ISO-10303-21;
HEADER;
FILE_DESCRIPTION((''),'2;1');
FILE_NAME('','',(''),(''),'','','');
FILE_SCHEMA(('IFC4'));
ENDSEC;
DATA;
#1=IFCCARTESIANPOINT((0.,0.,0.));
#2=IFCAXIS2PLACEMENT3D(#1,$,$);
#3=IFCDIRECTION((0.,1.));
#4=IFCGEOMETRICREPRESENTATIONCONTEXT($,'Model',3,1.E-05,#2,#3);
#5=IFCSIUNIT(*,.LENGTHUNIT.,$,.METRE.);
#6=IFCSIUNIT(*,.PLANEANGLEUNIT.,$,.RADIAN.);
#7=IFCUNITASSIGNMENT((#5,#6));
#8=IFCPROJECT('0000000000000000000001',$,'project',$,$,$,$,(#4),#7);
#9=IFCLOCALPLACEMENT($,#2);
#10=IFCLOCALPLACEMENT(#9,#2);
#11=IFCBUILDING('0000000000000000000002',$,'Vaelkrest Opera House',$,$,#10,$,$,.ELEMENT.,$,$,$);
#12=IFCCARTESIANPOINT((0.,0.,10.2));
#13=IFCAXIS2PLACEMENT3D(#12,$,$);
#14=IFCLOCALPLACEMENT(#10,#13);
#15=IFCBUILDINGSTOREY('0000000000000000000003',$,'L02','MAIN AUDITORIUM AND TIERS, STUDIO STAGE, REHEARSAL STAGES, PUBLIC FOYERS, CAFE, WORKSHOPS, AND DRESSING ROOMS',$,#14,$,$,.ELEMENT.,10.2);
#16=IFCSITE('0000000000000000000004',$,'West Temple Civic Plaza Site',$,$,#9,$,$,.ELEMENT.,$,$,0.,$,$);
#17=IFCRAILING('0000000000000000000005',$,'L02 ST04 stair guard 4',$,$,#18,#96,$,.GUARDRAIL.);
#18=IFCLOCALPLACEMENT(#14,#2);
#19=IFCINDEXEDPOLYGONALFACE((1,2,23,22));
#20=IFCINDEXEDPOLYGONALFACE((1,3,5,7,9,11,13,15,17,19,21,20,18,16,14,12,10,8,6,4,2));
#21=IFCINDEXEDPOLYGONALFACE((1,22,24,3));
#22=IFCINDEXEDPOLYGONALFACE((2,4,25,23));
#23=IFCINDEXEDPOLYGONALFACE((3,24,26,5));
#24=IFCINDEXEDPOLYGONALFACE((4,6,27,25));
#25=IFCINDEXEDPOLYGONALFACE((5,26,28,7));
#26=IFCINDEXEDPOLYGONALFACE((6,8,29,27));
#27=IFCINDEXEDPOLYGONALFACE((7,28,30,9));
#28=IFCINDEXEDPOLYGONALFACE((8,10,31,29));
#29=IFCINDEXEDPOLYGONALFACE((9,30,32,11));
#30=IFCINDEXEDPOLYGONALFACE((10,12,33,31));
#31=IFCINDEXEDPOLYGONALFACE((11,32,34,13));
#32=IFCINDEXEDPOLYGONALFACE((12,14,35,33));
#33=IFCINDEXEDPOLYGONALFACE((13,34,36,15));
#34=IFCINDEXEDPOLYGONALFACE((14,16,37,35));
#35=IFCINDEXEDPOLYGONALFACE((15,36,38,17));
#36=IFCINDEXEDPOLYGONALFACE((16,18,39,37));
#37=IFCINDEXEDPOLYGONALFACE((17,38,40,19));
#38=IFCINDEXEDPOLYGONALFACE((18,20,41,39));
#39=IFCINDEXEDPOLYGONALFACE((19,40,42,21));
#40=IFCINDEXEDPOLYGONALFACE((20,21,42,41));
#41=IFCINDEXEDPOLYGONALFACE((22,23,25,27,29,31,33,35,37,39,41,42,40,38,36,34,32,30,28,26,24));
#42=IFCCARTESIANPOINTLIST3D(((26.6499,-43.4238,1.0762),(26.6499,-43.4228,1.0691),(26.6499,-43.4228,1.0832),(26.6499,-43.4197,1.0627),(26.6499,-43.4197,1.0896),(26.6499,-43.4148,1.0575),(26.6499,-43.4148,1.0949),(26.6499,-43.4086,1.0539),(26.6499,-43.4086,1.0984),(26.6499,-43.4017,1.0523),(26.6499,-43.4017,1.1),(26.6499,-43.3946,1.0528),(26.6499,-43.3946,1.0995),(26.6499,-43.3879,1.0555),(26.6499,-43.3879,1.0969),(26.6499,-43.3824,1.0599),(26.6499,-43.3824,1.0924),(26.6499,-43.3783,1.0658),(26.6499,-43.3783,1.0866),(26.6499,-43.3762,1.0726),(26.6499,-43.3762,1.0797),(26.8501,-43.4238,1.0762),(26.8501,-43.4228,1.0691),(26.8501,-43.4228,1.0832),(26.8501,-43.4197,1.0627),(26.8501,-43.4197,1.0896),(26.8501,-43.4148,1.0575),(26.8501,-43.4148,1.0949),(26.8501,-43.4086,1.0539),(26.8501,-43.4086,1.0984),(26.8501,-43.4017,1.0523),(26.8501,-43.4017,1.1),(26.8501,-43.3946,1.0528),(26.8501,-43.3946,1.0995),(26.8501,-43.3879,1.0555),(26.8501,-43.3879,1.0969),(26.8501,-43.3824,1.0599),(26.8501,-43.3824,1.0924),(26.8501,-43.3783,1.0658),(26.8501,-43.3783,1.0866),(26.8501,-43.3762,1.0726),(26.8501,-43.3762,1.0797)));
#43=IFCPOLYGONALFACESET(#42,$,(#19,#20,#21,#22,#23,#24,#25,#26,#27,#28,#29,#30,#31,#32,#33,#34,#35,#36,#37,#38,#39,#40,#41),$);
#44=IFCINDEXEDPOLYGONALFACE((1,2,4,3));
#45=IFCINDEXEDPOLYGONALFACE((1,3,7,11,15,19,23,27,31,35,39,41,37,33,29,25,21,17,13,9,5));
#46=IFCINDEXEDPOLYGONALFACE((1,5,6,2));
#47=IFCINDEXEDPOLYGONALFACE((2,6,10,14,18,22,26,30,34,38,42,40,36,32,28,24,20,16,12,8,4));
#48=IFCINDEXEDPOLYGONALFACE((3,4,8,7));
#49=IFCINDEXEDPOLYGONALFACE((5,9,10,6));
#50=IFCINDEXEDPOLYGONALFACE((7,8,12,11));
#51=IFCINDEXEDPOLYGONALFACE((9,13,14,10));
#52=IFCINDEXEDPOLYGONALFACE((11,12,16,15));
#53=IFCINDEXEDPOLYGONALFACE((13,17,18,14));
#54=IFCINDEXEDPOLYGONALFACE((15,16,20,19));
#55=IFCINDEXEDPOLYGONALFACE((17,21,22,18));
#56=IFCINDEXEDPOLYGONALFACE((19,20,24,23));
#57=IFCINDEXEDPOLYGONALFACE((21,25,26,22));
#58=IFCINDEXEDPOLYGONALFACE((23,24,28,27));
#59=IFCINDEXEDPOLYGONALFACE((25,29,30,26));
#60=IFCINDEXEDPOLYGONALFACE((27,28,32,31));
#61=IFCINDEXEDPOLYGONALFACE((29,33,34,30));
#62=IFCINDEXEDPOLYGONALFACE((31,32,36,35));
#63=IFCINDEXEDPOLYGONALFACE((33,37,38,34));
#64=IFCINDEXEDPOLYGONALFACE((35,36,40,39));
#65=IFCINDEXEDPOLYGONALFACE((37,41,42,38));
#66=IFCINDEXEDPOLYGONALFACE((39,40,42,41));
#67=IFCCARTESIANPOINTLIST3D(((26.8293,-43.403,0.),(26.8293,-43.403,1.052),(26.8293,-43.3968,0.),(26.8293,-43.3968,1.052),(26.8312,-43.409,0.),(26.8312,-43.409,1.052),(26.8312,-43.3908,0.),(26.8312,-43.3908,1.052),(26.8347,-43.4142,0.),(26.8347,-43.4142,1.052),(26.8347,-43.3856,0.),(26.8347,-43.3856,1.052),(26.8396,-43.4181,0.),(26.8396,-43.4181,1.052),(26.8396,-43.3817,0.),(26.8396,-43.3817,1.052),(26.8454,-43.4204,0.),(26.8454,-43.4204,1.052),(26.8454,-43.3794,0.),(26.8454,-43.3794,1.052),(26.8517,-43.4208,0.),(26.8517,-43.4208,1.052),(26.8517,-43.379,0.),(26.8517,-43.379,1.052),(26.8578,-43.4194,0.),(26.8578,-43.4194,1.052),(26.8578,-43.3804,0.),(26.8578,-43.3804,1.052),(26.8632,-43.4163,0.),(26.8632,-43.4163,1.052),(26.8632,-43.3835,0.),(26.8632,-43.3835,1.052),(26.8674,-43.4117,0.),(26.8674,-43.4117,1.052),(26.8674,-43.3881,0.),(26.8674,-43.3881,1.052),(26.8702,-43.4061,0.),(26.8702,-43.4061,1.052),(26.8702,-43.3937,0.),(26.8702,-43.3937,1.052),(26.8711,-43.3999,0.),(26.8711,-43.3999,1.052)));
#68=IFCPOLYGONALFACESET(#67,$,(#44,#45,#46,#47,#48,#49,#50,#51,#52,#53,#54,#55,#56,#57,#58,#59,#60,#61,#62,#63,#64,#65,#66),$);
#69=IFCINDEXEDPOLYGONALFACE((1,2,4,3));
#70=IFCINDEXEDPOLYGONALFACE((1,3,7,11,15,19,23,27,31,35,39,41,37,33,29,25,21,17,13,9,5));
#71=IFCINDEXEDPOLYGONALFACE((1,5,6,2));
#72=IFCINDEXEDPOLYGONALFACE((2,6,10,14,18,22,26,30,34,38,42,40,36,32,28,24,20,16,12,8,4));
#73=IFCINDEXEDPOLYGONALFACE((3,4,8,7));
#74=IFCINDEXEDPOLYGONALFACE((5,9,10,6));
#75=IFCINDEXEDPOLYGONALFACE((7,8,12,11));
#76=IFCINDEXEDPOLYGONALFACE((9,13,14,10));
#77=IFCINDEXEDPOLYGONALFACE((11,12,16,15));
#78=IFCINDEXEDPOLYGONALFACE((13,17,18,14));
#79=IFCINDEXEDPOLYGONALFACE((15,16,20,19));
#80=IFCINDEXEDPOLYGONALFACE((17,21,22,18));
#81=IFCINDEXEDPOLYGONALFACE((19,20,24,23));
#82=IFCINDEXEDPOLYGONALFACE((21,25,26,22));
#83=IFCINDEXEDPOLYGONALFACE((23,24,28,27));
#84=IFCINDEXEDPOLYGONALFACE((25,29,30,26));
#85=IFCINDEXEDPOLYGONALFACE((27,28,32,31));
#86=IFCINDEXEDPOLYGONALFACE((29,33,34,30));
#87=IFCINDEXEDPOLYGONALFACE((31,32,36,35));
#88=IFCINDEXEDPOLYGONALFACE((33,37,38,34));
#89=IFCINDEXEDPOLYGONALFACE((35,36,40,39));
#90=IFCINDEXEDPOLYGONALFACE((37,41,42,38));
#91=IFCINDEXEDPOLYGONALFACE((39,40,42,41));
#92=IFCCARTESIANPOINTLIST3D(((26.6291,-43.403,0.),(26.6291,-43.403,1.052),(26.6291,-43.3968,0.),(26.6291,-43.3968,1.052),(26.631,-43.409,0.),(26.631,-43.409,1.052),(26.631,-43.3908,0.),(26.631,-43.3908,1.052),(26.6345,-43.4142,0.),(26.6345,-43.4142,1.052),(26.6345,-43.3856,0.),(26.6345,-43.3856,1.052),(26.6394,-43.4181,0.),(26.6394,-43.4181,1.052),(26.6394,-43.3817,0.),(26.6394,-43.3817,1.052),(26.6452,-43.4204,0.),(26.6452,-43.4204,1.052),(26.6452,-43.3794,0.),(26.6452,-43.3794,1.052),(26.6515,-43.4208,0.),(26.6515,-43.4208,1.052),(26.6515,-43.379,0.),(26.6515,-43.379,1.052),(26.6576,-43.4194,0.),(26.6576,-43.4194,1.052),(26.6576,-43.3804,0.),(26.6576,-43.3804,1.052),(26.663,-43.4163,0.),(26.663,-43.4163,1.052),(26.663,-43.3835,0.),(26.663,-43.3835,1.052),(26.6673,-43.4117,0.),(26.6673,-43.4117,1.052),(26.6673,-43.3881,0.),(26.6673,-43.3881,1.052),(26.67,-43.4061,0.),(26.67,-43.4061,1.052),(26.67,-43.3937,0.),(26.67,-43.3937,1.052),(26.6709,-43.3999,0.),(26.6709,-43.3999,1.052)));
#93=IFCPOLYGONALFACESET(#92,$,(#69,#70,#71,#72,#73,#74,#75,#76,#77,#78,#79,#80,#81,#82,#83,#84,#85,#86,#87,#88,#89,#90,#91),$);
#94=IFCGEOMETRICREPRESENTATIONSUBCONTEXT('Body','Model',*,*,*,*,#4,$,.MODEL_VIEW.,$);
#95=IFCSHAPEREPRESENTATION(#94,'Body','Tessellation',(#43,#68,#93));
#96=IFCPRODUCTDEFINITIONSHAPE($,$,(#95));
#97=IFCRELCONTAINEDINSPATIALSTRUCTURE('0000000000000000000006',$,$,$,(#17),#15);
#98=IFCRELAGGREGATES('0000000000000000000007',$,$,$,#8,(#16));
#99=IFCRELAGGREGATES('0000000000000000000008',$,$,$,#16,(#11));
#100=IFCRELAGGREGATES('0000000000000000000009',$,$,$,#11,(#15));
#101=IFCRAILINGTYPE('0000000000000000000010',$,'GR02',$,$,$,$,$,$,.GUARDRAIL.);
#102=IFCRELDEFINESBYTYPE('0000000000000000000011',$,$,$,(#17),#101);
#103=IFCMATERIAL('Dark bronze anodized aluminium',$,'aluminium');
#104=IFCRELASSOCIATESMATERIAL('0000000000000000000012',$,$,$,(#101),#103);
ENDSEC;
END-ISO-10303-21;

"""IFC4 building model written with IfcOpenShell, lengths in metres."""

from ifc_helpers import new_model, si_unit, direction, frame, origin, origin_2d, place, context, subcontext, project, spatial, circle, extrude, material, type_object, element, save


model = new_model("IFC4")

# Units and contexts
model_context = context("Model", 3, precision=1e-05, world=origin(), true_north=direction((0.0, 1.0)))
body_context = subcontext(model_context, "Body", "Model", "MODEL_VIEW")
ifc_project = project(units=[si_unit("LENGTHUNIT", "METRE"), si_unit("PLANEANGLEUNIT", "RADIAN")], contexts=[model_context])

# Site, building, storey
site_placement = place(None, origin())
site = spatial("IfcSite", under=ifc_project, at=site_placement, Name="West Temple Civic Plaza Site", CompositionType="ELEMENT", RefElevation=0.0)
building_placement = place(site_placement, origin())
building = spatial("IfcBuilding", under=site, at=building_placement, Name="Vaelkrest Opera House", CompositionType="ELEMENT")
storey_placement = place(building_placement, frame((0.0, 0.0, 10.2)))
storey = spatial("IfcBuildingStorey", under=building, at=storey_placement, Name="L02", Description="MAIN AUDITORIUM AND TIERS, STUDIO STAGE, REHEARSAL STAGES, PUBLIC FOYERS, CAFE, WORKSHOPS, AND DRESSING ROOMS", CompositionType="ELEMENT", Elevation=10.2)

# Shared definitions
ifc_material_1 = material(Name="Dark bronze anodized aluminium", Category="aluminium")

# Railing
railing_type = type_object("IfcRailingType", Name="GR02", PredefinedType="GUARDRAIL", material=ifc_material_1)
railing_1_placement = place(storey_placement, frame((26.8501, -43.3999, 0.0)))
element("IfcRailing", 1, at=railing_1_placement, inside=storey, type_object=railing_type, Name="L02 ST04 stair guard 4", PredefinedType="GUARDRAIL", context=body_context, shape_type="SweptSolid", body=[
    extrude(circle(Radius=0.0239, at=origin_2d()), frame((0.0, 0.0, 1.0762), z_axis=(-1.0, 0.0, 0.0), x_axis=(0.0, -1.0, 0.0)), (0.0, 0.0, 1.0), 0.2002),
    extrude(circle(Radius=0.021, at=origin_2d()), origin(), (0.0, 0.0, 1.0), 1.052),
    extrude(circle(Radius=0.021, at=origin_2d()), frame((-0.2002, 0.0, 0.0)), (0.0, 0.0, 1.0), 1.052),
])

save(model, "model.ifc")
